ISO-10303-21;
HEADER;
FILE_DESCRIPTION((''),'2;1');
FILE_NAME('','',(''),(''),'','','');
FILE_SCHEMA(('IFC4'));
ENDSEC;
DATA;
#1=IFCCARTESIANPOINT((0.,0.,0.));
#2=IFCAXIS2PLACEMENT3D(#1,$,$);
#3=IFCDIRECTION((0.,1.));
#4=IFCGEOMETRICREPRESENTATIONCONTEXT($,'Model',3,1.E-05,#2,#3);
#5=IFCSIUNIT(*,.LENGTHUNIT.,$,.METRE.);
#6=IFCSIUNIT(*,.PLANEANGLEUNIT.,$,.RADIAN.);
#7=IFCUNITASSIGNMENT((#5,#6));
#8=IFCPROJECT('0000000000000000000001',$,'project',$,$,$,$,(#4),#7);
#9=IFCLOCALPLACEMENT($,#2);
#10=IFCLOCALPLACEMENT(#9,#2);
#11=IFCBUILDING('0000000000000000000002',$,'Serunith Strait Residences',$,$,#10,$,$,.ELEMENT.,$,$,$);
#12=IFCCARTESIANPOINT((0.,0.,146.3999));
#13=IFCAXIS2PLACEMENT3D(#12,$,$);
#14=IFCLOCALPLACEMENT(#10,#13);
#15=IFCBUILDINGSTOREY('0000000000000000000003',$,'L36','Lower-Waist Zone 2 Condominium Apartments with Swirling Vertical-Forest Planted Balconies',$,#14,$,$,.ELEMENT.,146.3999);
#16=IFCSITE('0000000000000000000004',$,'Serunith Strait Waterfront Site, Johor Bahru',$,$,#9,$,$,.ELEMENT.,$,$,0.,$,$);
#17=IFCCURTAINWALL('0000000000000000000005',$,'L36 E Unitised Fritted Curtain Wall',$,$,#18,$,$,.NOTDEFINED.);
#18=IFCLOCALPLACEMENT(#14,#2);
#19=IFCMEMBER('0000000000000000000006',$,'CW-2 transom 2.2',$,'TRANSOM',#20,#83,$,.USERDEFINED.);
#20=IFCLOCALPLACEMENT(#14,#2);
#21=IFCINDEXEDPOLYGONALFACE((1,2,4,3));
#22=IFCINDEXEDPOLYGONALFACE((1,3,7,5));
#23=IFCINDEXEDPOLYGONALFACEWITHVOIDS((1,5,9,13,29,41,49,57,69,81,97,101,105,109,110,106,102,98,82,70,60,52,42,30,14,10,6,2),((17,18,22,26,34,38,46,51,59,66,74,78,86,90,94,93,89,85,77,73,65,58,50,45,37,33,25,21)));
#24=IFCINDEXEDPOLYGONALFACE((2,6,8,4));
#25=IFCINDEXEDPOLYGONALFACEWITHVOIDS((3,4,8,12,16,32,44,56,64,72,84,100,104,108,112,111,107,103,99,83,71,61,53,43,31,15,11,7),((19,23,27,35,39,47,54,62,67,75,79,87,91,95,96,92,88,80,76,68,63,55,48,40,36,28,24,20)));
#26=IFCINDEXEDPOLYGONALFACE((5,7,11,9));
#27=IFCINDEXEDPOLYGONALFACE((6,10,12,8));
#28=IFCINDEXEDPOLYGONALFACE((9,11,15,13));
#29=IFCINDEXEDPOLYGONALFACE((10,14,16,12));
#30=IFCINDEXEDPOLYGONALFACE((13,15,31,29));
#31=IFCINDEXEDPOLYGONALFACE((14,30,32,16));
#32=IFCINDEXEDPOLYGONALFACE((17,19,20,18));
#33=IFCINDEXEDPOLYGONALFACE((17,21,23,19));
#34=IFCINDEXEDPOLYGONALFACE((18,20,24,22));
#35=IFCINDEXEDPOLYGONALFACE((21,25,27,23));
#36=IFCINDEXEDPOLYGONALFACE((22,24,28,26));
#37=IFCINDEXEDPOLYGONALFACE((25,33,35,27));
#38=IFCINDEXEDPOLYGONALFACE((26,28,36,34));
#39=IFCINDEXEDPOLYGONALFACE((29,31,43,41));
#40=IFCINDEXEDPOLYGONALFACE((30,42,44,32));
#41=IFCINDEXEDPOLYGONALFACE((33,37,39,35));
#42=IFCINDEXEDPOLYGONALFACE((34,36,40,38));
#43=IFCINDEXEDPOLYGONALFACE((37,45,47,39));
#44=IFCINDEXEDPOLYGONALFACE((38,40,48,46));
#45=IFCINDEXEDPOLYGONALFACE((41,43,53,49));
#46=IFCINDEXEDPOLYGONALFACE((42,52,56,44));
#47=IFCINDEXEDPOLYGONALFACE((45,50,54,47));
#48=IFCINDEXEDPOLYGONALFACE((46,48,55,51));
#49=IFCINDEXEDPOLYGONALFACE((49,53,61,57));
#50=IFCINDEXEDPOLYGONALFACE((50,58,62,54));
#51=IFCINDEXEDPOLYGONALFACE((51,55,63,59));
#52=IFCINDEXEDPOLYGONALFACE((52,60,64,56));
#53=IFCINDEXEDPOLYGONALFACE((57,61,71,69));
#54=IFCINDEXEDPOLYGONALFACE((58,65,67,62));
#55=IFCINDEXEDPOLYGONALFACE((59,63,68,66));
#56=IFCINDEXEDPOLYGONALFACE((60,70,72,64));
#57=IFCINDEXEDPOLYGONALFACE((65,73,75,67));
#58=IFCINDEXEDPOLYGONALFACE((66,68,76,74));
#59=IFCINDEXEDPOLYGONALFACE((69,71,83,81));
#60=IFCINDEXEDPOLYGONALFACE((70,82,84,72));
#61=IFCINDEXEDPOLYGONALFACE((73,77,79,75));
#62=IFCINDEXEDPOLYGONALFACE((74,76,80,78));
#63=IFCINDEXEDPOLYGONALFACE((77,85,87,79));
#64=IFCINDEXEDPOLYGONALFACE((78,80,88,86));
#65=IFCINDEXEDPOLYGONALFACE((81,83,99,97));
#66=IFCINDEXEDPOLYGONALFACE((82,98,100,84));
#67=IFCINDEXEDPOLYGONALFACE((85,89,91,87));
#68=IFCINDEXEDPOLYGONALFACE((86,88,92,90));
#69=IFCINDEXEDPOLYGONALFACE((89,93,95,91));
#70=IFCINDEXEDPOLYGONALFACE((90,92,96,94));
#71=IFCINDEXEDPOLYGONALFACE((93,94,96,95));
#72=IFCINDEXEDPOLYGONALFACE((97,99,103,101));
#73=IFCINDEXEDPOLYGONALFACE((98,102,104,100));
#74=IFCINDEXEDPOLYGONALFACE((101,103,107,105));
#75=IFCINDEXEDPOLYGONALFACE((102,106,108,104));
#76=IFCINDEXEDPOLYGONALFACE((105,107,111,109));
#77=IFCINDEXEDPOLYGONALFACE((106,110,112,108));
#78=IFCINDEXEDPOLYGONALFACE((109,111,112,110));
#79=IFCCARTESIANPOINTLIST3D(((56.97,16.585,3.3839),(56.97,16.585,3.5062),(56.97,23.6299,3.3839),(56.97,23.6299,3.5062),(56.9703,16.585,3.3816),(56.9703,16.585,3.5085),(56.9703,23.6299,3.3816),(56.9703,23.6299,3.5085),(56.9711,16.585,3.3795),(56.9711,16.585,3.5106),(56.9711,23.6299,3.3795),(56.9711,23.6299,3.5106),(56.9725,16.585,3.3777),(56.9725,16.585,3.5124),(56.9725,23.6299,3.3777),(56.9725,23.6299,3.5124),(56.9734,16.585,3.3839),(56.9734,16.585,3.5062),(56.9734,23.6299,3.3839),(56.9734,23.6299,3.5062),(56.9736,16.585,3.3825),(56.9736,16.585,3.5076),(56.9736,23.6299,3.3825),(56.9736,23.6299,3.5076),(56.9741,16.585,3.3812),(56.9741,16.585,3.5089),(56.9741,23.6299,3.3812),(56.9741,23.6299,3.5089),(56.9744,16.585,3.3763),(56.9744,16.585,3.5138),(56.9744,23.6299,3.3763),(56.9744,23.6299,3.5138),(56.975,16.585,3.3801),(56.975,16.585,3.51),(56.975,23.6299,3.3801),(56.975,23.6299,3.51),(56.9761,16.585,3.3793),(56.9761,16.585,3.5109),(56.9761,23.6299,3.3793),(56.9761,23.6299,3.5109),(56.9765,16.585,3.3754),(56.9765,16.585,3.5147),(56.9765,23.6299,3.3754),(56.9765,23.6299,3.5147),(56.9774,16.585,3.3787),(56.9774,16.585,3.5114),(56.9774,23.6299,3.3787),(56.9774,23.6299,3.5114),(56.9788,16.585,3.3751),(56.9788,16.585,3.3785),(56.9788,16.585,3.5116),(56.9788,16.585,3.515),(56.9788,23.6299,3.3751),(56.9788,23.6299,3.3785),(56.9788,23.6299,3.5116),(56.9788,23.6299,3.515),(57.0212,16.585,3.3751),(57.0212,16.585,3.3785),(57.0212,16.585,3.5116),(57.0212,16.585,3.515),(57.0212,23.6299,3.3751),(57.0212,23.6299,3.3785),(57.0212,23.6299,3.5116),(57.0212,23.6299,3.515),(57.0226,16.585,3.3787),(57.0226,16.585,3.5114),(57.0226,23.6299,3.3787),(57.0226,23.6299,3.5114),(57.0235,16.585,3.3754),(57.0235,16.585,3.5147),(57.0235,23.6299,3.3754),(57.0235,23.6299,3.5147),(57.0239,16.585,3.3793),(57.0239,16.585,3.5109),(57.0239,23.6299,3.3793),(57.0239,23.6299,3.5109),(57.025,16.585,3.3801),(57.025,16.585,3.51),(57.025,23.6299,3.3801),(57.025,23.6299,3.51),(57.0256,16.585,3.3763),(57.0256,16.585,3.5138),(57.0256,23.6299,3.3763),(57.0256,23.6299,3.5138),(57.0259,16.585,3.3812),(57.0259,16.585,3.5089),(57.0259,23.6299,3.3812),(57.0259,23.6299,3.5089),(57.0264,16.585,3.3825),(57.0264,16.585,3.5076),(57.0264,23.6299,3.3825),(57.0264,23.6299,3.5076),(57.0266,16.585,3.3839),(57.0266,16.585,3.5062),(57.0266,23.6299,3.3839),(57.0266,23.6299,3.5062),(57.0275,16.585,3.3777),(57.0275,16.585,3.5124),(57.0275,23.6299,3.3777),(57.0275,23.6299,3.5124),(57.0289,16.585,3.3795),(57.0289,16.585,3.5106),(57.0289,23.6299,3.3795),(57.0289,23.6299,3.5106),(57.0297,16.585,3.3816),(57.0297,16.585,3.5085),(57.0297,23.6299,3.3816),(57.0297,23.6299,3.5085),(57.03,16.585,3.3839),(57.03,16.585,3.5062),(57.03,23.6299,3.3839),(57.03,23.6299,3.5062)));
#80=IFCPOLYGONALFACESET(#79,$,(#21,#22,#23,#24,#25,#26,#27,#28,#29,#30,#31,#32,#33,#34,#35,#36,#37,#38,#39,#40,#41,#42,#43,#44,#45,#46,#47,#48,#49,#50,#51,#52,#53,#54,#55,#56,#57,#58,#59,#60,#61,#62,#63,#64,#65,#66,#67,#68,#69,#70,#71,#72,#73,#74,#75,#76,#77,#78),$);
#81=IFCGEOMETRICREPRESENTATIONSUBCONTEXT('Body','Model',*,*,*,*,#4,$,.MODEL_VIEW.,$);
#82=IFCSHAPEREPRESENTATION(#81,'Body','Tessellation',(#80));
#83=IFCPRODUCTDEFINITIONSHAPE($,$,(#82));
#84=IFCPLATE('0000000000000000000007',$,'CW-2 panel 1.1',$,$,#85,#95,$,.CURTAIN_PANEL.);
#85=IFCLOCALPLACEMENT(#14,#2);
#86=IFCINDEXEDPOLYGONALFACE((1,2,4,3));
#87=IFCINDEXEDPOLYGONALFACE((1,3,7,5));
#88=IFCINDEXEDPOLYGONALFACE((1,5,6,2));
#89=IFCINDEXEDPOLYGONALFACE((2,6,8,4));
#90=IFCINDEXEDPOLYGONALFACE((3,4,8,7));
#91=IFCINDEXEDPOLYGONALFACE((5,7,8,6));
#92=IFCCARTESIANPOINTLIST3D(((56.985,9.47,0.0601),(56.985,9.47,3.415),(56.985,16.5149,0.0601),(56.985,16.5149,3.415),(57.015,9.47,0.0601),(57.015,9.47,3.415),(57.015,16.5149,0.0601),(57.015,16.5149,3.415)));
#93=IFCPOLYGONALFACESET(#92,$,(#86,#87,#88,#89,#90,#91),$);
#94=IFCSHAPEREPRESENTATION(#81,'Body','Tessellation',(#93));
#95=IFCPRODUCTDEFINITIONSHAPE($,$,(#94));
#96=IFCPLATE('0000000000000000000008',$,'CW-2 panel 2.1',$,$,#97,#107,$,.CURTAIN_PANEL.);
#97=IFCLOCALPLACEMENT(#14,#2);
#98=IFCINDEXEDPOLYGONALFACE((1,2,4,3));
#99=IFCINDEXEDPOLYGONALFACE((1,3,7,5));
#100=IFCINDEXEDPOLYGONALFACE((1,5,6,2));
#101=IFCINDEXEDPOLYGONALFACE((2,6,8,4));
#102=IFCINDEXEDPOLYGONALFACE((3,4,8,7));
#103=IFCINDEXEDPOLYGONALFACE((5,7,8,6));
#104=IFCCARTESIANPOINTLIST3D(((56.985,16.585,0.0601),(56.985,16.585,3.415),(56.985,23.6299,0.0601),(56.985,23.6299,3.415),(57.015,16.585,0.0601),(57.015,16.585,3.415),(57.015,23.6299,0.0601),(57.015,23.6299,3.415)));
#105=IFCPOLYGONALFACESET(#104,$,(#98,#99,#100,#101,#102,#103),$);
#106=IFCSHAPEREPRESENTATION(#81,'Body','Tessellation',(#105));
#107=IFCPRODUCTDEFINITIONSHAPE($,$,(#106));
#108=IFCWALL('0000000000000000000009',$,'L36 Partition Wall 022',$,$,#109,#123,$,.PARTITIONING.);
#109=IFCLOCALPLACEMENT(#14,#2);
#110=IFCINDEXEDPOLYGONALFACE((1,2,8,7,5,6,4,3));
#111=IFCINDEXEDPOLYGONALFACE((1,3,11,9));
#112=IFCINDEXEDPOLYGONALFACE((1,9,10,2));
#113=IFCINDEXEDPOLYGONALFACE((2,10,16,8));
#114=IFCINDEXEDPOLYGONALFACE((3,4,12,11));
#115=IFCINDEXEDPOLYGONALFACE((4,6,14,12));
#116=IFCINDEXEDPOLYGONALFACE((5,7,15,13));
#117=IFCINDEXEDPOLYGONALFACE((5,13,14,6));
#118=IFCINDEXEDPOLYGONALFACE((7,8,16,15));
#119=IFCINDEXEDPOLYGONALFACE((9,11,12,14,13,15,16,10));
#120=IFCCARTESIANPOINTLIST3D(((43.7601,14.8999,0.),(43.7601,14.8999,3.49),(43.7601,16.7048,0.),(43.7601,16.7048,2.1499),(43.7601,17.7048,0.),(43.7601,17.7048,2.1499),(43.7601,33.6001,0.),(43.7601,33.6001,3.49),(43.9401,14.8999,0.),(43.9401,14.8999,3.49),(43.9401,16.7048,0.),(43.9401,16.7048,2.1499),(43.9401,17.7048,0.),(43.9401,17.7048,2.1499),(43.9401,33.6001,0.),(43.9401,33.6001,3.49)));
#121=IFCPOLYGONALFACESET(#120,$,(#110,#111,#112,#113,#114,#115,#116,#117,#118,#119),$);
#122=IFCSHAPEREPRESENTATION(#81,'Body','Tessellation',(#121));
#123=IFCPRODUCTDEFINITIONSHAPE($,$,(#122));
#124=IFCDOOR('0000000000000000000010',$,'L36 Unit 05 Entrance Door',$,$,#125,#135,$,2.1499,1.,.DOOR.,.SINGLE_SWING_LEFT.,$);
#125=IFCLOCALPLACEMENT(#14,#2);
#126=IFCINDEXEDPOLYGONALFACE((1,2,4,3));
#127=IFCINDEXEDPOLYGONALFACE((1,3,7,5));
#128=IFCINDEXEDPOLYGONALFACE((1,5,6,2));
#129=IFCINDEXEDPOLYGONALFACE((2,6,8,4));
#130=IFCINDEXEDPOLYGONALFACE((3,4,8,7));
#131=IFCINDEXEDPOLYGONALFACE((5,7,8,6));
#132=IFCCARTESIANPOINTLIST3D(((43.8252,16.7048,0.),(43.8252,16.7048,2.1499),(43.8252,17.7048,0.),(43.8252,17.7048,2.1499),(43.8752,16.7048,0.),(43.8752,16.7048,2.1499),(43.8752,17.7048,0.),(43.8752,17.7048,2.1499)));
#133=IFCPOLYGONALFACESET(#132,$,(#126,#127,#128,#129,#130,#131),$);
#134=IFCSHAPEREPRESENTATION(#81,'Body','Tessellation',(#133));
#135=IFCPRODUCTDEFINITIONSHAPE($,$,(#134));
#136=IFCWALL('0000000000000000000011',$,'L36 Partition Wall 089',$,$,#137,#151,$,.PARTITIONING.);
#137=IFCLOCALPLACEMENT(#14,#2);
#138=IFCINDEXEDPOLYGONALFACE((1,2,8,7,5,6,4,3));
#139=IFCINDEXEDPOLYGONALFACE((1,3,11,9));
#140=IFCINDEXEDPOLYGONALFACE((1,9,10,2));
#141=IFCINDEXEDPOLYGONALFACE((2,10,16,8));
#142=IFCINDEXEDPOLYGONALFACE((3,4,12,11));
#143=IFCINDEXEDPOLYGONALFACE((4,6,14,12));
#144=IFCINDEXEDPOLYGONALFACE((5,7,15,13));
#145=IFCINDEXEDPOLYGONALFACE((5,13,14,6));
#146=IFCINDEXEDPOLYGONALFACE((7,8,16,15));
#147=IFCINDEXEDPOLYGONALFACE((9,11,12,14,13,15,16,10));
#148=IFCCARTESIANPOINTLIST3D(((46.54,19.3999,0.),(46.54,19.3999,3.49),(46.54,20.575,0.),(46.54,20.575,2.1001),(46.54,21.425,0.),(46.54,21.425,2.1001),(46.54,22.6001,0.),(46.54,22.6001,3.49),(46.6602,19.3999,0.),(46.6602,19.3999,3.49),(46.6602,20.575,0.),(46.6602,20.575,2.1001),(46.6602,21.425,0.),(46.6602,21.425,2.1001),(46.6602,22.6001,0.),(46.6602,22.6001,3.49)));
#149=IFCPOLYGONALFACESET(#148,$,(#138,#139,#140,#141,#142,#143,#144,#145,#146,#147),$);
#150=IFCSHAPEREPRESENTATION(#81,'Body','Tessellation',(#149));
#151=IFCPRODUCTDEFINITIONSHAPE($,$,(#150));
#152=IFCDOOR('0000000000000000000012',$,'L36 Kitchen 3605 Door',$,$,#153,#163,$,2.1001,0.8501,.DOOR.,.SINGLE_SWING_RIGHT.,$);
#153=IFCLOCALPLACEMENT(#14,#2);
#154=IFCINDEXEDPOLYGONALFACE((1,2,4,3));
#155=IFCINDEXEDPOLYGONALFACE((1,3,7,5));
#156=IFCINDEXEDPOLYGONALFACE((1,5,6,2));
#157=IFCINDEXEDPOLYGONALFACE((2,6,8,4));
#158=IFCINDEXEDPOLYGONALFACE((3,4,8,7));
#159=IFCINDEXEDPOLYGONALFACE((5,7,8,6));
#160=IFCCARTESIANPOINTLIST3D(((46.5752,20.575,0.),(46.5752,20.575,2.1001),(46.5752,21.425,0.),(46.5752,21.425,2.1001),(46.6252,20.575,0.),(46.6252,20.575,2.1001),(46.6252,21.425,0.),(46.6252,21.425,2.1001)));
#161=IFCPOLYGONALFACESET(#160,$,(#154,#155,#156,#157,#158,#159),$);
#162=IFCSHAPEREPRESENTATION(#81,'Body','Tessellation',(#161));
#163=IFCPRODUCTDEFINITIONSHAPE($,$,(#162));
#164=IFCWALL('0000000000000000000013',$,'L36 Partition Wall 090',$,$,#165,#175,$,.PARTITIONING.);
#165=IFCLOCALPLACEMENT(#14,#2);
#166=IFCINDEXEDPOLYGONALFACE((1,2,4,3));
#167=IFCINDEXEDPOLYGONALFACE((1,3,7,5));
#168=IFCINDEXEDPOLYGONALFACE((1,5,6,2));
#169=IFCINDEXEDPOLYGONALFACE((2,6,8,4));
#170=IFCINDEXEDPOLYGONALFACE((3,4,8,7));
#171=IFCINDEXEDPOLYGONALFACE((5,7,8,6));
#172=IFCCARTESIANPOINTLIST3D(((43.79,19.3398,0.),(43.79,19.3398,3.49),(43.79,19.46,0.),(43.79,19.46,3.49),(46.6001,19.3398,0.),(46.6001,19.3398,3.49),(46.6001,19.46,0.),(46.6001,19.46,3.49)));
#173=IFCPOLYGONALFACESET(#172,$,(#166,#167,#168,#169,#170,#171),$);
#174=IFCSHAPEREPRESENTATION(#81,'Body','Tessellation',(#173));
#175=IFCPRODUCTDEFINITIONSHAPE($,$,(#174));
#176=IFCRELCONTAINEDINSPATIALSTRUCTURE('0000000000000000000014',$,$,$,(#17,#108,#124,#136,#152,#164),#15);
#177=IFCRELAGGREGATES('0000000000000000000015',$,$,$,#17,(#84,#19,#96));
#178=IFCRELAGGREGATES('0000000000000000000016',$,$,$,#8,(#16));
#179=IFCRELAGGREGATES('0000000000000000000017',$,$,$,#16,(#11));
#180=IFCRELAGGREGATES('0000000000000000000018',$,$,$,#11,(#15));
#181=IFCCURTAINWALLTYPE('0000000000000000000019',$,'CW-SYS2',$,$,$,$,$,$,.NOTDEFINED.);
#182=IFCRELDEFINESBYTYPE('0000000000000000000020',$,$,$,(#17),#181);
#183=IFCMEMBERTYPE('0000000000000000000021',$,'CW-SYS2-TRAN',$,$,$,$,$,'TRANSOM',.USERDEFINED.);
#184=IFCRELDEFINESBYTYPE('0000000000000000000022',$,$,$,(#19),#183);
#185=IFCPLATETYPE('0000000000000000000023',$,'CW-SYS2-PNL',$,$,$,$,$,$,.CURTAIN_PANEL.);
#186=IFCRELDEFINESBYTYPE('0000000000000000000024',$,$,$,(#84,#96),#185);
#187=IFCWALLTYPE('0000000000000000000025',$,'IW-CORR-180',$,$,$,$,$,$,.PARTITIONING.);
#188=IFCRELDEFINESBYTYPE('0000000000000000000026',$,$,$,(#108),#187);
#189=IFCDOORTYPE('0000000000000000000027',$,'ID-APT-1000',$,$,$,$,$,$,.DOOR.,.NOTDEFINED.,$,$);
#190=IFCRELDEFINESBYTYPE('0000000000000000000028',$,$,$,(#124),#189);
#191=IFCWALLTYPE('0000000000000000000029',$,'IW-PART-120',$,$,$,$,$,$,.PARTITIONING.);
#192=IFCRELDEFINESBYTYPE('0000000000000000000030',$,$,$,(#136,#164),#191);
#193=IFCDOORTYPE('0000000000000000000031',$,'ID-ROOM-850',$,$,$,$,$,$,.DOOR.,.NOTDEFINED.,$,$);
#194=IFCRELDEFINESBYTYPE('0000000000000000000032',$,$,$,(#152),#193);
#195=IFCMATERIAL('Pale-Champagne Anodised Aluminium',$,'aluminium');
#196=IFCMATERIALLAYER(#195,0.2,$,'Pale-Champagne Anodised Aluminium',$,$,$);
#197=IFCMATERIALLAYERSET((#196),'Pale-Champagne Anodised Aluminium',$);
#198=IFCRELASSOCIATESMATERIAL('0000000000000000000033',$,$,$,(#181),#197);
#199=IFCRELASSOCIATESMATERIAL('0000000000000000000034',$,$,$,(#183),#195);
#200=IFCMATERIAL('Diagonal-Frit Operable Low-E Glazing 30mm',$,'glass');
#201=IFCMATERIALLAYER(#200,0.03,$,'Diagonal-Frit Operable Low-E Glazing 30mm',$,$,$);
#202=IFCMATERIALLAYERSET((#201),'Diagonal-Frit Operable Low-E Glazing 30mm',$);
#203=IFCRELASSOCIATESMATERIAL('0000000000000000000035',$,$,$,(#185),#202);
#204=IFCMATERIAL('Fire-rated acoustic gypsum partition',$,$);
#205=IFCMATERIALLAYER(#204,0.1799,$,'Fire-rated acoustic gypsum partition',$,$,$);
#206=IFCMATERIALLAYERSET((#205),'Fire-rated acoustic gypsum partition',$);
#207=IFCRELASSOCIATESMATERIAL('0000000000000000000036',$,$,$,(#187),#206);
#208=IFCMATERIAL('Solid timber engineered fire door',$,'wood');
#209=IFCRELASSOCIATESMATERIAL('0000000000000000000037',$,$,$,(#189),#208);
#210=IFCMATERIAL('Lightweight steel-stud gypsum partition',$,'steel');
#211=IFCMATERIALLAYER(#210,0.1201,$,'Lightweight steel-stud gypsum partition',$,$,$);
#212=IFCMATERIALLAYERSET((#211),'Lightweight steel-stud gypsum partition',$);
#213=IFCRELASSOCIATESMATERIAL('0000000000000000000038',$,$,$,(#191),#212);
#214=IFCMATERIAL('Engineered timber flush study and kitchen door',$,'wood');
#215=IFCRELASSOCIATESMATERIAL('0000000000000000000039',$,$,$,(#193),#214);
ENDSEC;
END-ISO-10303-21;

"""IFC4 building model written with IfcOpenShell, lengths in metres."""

from ifc_helpers import new_model, si_unit, direction, frame, frame_2d, origin, origin_2d, place, context, subcontext, project, spatial, rectangle, hollow_rectangle, extrude, source, transform, mapped, material, layer, layer_set, material_profile, profile_set, type_object, element, fill, aggregate, save


model = new_model("IFC4")

# Units and contexts
model_context = context("Model", 3, precision=1e-05, world=origin(), true_north=direction((0.0, 1.0)))
body_context = subcontext(model_context, "Body", "Model", "MODEL_VIEW")
ifc_project = project(units=[si_unit("LENGTHUNIT", "METRE"), si_unit("PLANEANGLEUNIT", "RADIAN")], contexts=[model_context])

# Site, building, storey
site_placement = place(None, origin())
site = spatial("IfcSite", under=ifc_project, at=site_placement, Name="Serunith Strait Waterfront Site, Johor Bahru", CompositionType="ELEMENT", RefElevation=0.0)
building_placement = place(site_placement, origin())
building = spatial("IfcBuilding", under=site, at=building_placement, Name="Serunith Strait Residences", CompositionType="ELEMENT")
storey_placement = place(building_placement, frame((0.0, 0.0, 146.3999)))
storey = spatial("IfcBuildingStorey", under=building, at=storey_placement, Name="L36", Description="Lower-Waist Zone 2 Condominium Apartments with Swirling Vertical-Forest Planted Balconies", CompositionType="ELEMENT", Elevation=146.3999)

# Curtain wall, member, plates
ifc_material_1 = material(Name="Pale-Champagne Anodised Aluminium", Category="aluminium")
ifc_layer_1 = layer(ifc_material_1, 0.2, Name="Pale-Champagne Anodised Aluminium")
ifc_layer_set_1 = layer_set([ifc_layer_1], Name="Pale-Champagne Anodised Aluminium")
curtain_wall_type = type_object("IfcCurtainWallType", Name="CW-SYS2", PredefinedType="NOTDEFINED", material=ifc_layer_set_1)
curtain_wall_placement = place(storey_placement, origin())
curtain_wall = element("IfcCurtainWall", 1, at=curtain_wall_placement, inside=storey, type_object=curtain_wall_type, Name="L36 E Unitised Fritted Curtain Wall", PredefinedType="NOTDEFINED")
ifc_material_profile_1 = material_profile(ifc_material_1, hollow_rectangle(XDim=0.0601, YDim=0.1399, WallThickness=0.0034, InnerFilletRadius=0.0054, OuterFilletRadius=0.0088, at=origin_2d()), Name="ALU 140x60x3.5")
ifc_profile_set_1 = profile_set([ifc_material_profile_1], Name="Pale-Champagne Anodised Aluminium")
member_type_1 = type_object("IfcMemberType", Name="CW-SYS2-TRAN", ElementType="TRANSOM", PredefinedType="USERDEFINED", material=ifc_profile_set_1)
shared_shape_1 = source(origin(), body_context, "Body", "SweptSolid", [
    extrude(hollow_rectangle(XDim=0.0601, YDim=0.1399, WallThickness=0.0034, InnerFilletRadius=0.0054, OuterFilletRadius=0.0088, at=origin_2d()), origin(), (0.0, 0.0, 1.0), 7.0449),
])
member_1_placement = place(storey_placement, frame((57.0, 16.585, 3.4451), z_axis=(0.0, 1.0, 0.0), x_axis=(-1.0, 0.0, 0.0)))
member_1 = element("IfcMember", 2, at=member_1_placement, type_object=member_type_1, Name="CW-2 transom 2.2", ObjectType="TRANSOM", PredefinedType="USERDEFINED", context=body_context, shape_type="MappedRepresentation", body=[
    mapped(shared_shape_1, transform((0.0, 0.0, 0.0), scale=1.0)),
])
ifc_material_2 = material(Name="Diagonal-Frit Operable Low-E Glazing 30mm", Category="glass")
ifc_layer_2 = layer(ifc_material_2, 0.03, Name="Diagonal-Frit Operable Low-E Glazing 30mm")
ifc_layer_set_2 = layer_set([ifc_layer_2], Name="Diagonal-Frit Operable Low-E Glazing 30mm")
plate_type = type_object("IfcPlateType", Name="CW-SYS2-PNL", PredefinedType="CURTAIN_PANEL", material=ifc_layer_set_2)
shared_shape_2 = source(origin(), body_context, "Body", "SweptSolid", [
    extrude(rectangle(XDim=7.0449, YDim=0.03, at=origin_2d()), origin(), (0.0, 0.0, 1.0), 3.355),
])
plate_1_placement = place(storey_placement, frame((57.0, 12.9924, 0.0601), z_axis=(0.0, 0.0, 1.0), x_axis=(0.0, 1.0, 0.0)))
plate_1 = element("IfcPlate", 3, at=plate_1_placement, type_object=plate_type, Name="CW-2 panel 1.1", PredefinedType="CURTAIN_PANEL", context=body_context, shape_type="MappedRepresentation", body=[
    mapped(shared_shape_2, transform((0.0, 0.0, 0.0), scale=1.0)),
])
plate_2_placement = place(storey_placement, frame((57.0, 20.1074, 0.0601), z_axis=(0.0, 0.0, 1.0), x_axis=(0.0, 1.0, 0.0)))
plate_2 = element("IfcPlate", 4, at=plate_2_placement, type_object=plate_type, Name="CW-2 panel 2.1", PredefinedType="CURTAIN_PANEL", context=body_context, shape_type="MappedRepresentation", body=[
    mapped(shared_shape_2, transform((0.0, 0.0, 0.0), scale=1.0)),
])
aggregate(curtain_wall, [plate_1, member_1, plate_2])

# Walls, openings, doors
ifc_material_3 = material(Name="Fire-rated acoustic gypsum partition")
ifc_layer_3 = layer(ifc_material_3, 0.1799, Name="Fire-rated acoustic gypsum partition")
ifc_layer_set_3 = layer_set([ifc_layer_3], Name="Fire-rated acoustic gypsum partition")
wall_type_1 = type_object("IfcWallType", Name="IW-CORR-180", PredefinedType="PARTITIONING", material=ifc_layer_set_3)
wall_1_placement = place(storey_placement, frame((43.8501, 14.8999, 0.0), z_axis=(0.0, 0.0, 1.0), x_axis=(0.0, 1.0, 0.0)))
wall_1 = element("IfcWall", 5, at=wall_1_placement, inside=storey, type_object=wall_type_1, Name="L36 Partition Wall 022", PredefinedType="PARTITIONING", context=body_context, shape_type="SweptSolid", body=[
    extrude(rectangle(XDim=18.7002, YDim=0.1799, at=frame_2d((9.3501, 0.0))), origin(), (0.0, 0.0, 1.0), 3.49),
])
opening_1_placement = place(wall_1_placement, frame((1.8049, 0.0, 0.0)))
opening_1 = element("IfcOpeningElement", 6, at=opening_1_placement, cuts=wall_1, PredefinedType="OPENING", context=body_context, shape_type="SweptSolid", body=[
    extrude(rectangle(XDim=1.0, YDim=2.1499, at=frame_2d((0.5, 1.075))), frame((0.0, 0.1001, 0.0), z_axis=(0.0, -1.0, 0.0), x_axis=(1.0, 0.0, 0.0)), (0.0, 0.0, 1.0), 0.2),
])
ifc_material_4 = material(Name="Solid timber engineered fire door", Category="wood")
door_type_1 = type_object("IfcDoorType", Name="ID-APT-1000", OperationType="NOTDEFINED", PredefinedType="DOOR", material=ifc_material_4)
shared_shape_3 = source(origin(), body_context, "Body", "SweptSolid", [
    extrude(rectangle(XDim=1.0, YDim=2.1499, at=frame_2d((0.5, 1.075))), frame((0.0, 0.0249, 0.0), z_axis=(0.0, -1.0, 0.0), x_axis=(1.0, 0.0, 0.0)), (0.0, 0.0, 1.0), 0.05),
])
door_1_placement = place(opening_1_placement, origin())
door_1 = element("IfcDoor", 7, at=door_1_placement, inside=storey, type_object=door_type_1, Name="L36 Unit 05 Entrance Door", OperationType="SINGLE_SWING_LEFT", OverallHeight=2.1499, OverallWidth=1.0, PredefinedType="DOOR", context=body_context, shape_type="MappedRepresentation", body=[
    mapped(shared_shape_3, transform((0.0, 0.0, 0.0), scale=1.0)),
])
fill(opening_1, door_1)
ifc_material_5 = material(Name="Lightweight steel-stud gypsum partition", Category="steel")
ifc_layer_4 = layer(ifc_material_5, 0.1201, Name="Lightweight steel-stud gypsum partition")
ifc_layer_set_4 = layer_set([ifc_layer_4], Name="Lightweight steel-stud gypsum partition")
wall_type_2 = type_object("IfcWallType", Name="IW-PART-120", PredefinedType="PARTITIONING", material=ifc_layer_set_4)
wall_2_placement = place(storey_placement, frame((46.6001, 19.3999, 0.0), z_axis=(0.0, 0.0, 1.0), x_axis=(0.0, 1.0, 0.0)))
wall_2 = element("IfcWall", 8, at=wall_2_placement, inside=storey, type_object=wall_type_2, Name="L36 Partition Wall 089", PredefinedType="PARTITIONING", context=body_context, shape_type="SweptSolid", body=[
    extrude(rectangle(XDim=3.2002, YDim=0.1201, at=frame_2d((1.6001, 0.0))), origin(), (0.0, 0.0, 1.0), 3.49),
])
opening_2_placement = place(wall_2_placement, frame((1.175, 0.0, 0.0)))
opening_2 = element("IfcOpeningElement", 9, at=opening_2_placement, cuts=wall_2, PredefinedType="OPENING", context=body_context, shape_type="SweptSolid", body=[
    extrude(rectangle(XDim=0.8501, YDim=2.1001, at=frame_2d((0.425, 1.05))), frame((0.0, 0.0701, 0.0), z_axis=(0.0, -1.0, 0.0), x_axis=(1.0, 0.0, 0.0)), (0.0, 0.0, 1.0), 0.1401),
])
ifc_material_6 = material(Name="Engineered timber flush study and kitchen door", Category="wood")
door_type_2 = type_object("IfcDoorType", Name="ID-ROOM-850", OperationType="NOTDEFINED", PredefinedType="DOOR", material=ifc_material_6)
shared_shape_4 = source(origin(), body_context, "Body", "SweptSolid", [
    extrude(rectangle(XDim=0.8501, YDim=2.1001, at=frame_2d((0.425, 1.05))), frame((0.0, 0.0249, 0.0), z_axis=(0.0, -1.0, 0.0), x_axis=(1.0, 0.0, 0.0)), (0.0, 0.0, 1.0), 0.05),
])
door_2_placement = place(opening_2_placement, origin())
door_2 = element("IfcDoor", 10, at=door_2_placement, inside=storey, type_object=door_type_2, Name="L36 Kitchen 3605 Door", OperationType="SINGLE_SWING_RIGHT", OverallHeight=2.1001, OverallWidth=0.8501, PredefinedType="DOOR", context=body_context, shape_type="MappedRepresentation", body=[
    mapped(shared_shape_4, transform((0.0, 0.0, 0.0), scale=1.0)),
])
fill(opening_2, door_2)

# Wall
wall_3_placement = place(storey_placement, frame((46.6001, 19.3999, 0.0), z_axis=(0.0, 0.0, 1.0), x_axis=(-1.0, 0.0, 0.0)))
element("IfcWall", 11, at=wall_3_placement, inside=storey, type_object=wall_type_2, Name="L36 Partition Wall 090", PredefinedType="PARTITIONING", context=body_context, shape_type="SweptSolid", body=[
    extrude(rectangle(XDim=2.8101, YDim=0.1201, at=frame_2d((1.405, 0.0))), origin(), (0.0, 0.0, 1.0), 3.49),
])

save(model, "model.ifc")
